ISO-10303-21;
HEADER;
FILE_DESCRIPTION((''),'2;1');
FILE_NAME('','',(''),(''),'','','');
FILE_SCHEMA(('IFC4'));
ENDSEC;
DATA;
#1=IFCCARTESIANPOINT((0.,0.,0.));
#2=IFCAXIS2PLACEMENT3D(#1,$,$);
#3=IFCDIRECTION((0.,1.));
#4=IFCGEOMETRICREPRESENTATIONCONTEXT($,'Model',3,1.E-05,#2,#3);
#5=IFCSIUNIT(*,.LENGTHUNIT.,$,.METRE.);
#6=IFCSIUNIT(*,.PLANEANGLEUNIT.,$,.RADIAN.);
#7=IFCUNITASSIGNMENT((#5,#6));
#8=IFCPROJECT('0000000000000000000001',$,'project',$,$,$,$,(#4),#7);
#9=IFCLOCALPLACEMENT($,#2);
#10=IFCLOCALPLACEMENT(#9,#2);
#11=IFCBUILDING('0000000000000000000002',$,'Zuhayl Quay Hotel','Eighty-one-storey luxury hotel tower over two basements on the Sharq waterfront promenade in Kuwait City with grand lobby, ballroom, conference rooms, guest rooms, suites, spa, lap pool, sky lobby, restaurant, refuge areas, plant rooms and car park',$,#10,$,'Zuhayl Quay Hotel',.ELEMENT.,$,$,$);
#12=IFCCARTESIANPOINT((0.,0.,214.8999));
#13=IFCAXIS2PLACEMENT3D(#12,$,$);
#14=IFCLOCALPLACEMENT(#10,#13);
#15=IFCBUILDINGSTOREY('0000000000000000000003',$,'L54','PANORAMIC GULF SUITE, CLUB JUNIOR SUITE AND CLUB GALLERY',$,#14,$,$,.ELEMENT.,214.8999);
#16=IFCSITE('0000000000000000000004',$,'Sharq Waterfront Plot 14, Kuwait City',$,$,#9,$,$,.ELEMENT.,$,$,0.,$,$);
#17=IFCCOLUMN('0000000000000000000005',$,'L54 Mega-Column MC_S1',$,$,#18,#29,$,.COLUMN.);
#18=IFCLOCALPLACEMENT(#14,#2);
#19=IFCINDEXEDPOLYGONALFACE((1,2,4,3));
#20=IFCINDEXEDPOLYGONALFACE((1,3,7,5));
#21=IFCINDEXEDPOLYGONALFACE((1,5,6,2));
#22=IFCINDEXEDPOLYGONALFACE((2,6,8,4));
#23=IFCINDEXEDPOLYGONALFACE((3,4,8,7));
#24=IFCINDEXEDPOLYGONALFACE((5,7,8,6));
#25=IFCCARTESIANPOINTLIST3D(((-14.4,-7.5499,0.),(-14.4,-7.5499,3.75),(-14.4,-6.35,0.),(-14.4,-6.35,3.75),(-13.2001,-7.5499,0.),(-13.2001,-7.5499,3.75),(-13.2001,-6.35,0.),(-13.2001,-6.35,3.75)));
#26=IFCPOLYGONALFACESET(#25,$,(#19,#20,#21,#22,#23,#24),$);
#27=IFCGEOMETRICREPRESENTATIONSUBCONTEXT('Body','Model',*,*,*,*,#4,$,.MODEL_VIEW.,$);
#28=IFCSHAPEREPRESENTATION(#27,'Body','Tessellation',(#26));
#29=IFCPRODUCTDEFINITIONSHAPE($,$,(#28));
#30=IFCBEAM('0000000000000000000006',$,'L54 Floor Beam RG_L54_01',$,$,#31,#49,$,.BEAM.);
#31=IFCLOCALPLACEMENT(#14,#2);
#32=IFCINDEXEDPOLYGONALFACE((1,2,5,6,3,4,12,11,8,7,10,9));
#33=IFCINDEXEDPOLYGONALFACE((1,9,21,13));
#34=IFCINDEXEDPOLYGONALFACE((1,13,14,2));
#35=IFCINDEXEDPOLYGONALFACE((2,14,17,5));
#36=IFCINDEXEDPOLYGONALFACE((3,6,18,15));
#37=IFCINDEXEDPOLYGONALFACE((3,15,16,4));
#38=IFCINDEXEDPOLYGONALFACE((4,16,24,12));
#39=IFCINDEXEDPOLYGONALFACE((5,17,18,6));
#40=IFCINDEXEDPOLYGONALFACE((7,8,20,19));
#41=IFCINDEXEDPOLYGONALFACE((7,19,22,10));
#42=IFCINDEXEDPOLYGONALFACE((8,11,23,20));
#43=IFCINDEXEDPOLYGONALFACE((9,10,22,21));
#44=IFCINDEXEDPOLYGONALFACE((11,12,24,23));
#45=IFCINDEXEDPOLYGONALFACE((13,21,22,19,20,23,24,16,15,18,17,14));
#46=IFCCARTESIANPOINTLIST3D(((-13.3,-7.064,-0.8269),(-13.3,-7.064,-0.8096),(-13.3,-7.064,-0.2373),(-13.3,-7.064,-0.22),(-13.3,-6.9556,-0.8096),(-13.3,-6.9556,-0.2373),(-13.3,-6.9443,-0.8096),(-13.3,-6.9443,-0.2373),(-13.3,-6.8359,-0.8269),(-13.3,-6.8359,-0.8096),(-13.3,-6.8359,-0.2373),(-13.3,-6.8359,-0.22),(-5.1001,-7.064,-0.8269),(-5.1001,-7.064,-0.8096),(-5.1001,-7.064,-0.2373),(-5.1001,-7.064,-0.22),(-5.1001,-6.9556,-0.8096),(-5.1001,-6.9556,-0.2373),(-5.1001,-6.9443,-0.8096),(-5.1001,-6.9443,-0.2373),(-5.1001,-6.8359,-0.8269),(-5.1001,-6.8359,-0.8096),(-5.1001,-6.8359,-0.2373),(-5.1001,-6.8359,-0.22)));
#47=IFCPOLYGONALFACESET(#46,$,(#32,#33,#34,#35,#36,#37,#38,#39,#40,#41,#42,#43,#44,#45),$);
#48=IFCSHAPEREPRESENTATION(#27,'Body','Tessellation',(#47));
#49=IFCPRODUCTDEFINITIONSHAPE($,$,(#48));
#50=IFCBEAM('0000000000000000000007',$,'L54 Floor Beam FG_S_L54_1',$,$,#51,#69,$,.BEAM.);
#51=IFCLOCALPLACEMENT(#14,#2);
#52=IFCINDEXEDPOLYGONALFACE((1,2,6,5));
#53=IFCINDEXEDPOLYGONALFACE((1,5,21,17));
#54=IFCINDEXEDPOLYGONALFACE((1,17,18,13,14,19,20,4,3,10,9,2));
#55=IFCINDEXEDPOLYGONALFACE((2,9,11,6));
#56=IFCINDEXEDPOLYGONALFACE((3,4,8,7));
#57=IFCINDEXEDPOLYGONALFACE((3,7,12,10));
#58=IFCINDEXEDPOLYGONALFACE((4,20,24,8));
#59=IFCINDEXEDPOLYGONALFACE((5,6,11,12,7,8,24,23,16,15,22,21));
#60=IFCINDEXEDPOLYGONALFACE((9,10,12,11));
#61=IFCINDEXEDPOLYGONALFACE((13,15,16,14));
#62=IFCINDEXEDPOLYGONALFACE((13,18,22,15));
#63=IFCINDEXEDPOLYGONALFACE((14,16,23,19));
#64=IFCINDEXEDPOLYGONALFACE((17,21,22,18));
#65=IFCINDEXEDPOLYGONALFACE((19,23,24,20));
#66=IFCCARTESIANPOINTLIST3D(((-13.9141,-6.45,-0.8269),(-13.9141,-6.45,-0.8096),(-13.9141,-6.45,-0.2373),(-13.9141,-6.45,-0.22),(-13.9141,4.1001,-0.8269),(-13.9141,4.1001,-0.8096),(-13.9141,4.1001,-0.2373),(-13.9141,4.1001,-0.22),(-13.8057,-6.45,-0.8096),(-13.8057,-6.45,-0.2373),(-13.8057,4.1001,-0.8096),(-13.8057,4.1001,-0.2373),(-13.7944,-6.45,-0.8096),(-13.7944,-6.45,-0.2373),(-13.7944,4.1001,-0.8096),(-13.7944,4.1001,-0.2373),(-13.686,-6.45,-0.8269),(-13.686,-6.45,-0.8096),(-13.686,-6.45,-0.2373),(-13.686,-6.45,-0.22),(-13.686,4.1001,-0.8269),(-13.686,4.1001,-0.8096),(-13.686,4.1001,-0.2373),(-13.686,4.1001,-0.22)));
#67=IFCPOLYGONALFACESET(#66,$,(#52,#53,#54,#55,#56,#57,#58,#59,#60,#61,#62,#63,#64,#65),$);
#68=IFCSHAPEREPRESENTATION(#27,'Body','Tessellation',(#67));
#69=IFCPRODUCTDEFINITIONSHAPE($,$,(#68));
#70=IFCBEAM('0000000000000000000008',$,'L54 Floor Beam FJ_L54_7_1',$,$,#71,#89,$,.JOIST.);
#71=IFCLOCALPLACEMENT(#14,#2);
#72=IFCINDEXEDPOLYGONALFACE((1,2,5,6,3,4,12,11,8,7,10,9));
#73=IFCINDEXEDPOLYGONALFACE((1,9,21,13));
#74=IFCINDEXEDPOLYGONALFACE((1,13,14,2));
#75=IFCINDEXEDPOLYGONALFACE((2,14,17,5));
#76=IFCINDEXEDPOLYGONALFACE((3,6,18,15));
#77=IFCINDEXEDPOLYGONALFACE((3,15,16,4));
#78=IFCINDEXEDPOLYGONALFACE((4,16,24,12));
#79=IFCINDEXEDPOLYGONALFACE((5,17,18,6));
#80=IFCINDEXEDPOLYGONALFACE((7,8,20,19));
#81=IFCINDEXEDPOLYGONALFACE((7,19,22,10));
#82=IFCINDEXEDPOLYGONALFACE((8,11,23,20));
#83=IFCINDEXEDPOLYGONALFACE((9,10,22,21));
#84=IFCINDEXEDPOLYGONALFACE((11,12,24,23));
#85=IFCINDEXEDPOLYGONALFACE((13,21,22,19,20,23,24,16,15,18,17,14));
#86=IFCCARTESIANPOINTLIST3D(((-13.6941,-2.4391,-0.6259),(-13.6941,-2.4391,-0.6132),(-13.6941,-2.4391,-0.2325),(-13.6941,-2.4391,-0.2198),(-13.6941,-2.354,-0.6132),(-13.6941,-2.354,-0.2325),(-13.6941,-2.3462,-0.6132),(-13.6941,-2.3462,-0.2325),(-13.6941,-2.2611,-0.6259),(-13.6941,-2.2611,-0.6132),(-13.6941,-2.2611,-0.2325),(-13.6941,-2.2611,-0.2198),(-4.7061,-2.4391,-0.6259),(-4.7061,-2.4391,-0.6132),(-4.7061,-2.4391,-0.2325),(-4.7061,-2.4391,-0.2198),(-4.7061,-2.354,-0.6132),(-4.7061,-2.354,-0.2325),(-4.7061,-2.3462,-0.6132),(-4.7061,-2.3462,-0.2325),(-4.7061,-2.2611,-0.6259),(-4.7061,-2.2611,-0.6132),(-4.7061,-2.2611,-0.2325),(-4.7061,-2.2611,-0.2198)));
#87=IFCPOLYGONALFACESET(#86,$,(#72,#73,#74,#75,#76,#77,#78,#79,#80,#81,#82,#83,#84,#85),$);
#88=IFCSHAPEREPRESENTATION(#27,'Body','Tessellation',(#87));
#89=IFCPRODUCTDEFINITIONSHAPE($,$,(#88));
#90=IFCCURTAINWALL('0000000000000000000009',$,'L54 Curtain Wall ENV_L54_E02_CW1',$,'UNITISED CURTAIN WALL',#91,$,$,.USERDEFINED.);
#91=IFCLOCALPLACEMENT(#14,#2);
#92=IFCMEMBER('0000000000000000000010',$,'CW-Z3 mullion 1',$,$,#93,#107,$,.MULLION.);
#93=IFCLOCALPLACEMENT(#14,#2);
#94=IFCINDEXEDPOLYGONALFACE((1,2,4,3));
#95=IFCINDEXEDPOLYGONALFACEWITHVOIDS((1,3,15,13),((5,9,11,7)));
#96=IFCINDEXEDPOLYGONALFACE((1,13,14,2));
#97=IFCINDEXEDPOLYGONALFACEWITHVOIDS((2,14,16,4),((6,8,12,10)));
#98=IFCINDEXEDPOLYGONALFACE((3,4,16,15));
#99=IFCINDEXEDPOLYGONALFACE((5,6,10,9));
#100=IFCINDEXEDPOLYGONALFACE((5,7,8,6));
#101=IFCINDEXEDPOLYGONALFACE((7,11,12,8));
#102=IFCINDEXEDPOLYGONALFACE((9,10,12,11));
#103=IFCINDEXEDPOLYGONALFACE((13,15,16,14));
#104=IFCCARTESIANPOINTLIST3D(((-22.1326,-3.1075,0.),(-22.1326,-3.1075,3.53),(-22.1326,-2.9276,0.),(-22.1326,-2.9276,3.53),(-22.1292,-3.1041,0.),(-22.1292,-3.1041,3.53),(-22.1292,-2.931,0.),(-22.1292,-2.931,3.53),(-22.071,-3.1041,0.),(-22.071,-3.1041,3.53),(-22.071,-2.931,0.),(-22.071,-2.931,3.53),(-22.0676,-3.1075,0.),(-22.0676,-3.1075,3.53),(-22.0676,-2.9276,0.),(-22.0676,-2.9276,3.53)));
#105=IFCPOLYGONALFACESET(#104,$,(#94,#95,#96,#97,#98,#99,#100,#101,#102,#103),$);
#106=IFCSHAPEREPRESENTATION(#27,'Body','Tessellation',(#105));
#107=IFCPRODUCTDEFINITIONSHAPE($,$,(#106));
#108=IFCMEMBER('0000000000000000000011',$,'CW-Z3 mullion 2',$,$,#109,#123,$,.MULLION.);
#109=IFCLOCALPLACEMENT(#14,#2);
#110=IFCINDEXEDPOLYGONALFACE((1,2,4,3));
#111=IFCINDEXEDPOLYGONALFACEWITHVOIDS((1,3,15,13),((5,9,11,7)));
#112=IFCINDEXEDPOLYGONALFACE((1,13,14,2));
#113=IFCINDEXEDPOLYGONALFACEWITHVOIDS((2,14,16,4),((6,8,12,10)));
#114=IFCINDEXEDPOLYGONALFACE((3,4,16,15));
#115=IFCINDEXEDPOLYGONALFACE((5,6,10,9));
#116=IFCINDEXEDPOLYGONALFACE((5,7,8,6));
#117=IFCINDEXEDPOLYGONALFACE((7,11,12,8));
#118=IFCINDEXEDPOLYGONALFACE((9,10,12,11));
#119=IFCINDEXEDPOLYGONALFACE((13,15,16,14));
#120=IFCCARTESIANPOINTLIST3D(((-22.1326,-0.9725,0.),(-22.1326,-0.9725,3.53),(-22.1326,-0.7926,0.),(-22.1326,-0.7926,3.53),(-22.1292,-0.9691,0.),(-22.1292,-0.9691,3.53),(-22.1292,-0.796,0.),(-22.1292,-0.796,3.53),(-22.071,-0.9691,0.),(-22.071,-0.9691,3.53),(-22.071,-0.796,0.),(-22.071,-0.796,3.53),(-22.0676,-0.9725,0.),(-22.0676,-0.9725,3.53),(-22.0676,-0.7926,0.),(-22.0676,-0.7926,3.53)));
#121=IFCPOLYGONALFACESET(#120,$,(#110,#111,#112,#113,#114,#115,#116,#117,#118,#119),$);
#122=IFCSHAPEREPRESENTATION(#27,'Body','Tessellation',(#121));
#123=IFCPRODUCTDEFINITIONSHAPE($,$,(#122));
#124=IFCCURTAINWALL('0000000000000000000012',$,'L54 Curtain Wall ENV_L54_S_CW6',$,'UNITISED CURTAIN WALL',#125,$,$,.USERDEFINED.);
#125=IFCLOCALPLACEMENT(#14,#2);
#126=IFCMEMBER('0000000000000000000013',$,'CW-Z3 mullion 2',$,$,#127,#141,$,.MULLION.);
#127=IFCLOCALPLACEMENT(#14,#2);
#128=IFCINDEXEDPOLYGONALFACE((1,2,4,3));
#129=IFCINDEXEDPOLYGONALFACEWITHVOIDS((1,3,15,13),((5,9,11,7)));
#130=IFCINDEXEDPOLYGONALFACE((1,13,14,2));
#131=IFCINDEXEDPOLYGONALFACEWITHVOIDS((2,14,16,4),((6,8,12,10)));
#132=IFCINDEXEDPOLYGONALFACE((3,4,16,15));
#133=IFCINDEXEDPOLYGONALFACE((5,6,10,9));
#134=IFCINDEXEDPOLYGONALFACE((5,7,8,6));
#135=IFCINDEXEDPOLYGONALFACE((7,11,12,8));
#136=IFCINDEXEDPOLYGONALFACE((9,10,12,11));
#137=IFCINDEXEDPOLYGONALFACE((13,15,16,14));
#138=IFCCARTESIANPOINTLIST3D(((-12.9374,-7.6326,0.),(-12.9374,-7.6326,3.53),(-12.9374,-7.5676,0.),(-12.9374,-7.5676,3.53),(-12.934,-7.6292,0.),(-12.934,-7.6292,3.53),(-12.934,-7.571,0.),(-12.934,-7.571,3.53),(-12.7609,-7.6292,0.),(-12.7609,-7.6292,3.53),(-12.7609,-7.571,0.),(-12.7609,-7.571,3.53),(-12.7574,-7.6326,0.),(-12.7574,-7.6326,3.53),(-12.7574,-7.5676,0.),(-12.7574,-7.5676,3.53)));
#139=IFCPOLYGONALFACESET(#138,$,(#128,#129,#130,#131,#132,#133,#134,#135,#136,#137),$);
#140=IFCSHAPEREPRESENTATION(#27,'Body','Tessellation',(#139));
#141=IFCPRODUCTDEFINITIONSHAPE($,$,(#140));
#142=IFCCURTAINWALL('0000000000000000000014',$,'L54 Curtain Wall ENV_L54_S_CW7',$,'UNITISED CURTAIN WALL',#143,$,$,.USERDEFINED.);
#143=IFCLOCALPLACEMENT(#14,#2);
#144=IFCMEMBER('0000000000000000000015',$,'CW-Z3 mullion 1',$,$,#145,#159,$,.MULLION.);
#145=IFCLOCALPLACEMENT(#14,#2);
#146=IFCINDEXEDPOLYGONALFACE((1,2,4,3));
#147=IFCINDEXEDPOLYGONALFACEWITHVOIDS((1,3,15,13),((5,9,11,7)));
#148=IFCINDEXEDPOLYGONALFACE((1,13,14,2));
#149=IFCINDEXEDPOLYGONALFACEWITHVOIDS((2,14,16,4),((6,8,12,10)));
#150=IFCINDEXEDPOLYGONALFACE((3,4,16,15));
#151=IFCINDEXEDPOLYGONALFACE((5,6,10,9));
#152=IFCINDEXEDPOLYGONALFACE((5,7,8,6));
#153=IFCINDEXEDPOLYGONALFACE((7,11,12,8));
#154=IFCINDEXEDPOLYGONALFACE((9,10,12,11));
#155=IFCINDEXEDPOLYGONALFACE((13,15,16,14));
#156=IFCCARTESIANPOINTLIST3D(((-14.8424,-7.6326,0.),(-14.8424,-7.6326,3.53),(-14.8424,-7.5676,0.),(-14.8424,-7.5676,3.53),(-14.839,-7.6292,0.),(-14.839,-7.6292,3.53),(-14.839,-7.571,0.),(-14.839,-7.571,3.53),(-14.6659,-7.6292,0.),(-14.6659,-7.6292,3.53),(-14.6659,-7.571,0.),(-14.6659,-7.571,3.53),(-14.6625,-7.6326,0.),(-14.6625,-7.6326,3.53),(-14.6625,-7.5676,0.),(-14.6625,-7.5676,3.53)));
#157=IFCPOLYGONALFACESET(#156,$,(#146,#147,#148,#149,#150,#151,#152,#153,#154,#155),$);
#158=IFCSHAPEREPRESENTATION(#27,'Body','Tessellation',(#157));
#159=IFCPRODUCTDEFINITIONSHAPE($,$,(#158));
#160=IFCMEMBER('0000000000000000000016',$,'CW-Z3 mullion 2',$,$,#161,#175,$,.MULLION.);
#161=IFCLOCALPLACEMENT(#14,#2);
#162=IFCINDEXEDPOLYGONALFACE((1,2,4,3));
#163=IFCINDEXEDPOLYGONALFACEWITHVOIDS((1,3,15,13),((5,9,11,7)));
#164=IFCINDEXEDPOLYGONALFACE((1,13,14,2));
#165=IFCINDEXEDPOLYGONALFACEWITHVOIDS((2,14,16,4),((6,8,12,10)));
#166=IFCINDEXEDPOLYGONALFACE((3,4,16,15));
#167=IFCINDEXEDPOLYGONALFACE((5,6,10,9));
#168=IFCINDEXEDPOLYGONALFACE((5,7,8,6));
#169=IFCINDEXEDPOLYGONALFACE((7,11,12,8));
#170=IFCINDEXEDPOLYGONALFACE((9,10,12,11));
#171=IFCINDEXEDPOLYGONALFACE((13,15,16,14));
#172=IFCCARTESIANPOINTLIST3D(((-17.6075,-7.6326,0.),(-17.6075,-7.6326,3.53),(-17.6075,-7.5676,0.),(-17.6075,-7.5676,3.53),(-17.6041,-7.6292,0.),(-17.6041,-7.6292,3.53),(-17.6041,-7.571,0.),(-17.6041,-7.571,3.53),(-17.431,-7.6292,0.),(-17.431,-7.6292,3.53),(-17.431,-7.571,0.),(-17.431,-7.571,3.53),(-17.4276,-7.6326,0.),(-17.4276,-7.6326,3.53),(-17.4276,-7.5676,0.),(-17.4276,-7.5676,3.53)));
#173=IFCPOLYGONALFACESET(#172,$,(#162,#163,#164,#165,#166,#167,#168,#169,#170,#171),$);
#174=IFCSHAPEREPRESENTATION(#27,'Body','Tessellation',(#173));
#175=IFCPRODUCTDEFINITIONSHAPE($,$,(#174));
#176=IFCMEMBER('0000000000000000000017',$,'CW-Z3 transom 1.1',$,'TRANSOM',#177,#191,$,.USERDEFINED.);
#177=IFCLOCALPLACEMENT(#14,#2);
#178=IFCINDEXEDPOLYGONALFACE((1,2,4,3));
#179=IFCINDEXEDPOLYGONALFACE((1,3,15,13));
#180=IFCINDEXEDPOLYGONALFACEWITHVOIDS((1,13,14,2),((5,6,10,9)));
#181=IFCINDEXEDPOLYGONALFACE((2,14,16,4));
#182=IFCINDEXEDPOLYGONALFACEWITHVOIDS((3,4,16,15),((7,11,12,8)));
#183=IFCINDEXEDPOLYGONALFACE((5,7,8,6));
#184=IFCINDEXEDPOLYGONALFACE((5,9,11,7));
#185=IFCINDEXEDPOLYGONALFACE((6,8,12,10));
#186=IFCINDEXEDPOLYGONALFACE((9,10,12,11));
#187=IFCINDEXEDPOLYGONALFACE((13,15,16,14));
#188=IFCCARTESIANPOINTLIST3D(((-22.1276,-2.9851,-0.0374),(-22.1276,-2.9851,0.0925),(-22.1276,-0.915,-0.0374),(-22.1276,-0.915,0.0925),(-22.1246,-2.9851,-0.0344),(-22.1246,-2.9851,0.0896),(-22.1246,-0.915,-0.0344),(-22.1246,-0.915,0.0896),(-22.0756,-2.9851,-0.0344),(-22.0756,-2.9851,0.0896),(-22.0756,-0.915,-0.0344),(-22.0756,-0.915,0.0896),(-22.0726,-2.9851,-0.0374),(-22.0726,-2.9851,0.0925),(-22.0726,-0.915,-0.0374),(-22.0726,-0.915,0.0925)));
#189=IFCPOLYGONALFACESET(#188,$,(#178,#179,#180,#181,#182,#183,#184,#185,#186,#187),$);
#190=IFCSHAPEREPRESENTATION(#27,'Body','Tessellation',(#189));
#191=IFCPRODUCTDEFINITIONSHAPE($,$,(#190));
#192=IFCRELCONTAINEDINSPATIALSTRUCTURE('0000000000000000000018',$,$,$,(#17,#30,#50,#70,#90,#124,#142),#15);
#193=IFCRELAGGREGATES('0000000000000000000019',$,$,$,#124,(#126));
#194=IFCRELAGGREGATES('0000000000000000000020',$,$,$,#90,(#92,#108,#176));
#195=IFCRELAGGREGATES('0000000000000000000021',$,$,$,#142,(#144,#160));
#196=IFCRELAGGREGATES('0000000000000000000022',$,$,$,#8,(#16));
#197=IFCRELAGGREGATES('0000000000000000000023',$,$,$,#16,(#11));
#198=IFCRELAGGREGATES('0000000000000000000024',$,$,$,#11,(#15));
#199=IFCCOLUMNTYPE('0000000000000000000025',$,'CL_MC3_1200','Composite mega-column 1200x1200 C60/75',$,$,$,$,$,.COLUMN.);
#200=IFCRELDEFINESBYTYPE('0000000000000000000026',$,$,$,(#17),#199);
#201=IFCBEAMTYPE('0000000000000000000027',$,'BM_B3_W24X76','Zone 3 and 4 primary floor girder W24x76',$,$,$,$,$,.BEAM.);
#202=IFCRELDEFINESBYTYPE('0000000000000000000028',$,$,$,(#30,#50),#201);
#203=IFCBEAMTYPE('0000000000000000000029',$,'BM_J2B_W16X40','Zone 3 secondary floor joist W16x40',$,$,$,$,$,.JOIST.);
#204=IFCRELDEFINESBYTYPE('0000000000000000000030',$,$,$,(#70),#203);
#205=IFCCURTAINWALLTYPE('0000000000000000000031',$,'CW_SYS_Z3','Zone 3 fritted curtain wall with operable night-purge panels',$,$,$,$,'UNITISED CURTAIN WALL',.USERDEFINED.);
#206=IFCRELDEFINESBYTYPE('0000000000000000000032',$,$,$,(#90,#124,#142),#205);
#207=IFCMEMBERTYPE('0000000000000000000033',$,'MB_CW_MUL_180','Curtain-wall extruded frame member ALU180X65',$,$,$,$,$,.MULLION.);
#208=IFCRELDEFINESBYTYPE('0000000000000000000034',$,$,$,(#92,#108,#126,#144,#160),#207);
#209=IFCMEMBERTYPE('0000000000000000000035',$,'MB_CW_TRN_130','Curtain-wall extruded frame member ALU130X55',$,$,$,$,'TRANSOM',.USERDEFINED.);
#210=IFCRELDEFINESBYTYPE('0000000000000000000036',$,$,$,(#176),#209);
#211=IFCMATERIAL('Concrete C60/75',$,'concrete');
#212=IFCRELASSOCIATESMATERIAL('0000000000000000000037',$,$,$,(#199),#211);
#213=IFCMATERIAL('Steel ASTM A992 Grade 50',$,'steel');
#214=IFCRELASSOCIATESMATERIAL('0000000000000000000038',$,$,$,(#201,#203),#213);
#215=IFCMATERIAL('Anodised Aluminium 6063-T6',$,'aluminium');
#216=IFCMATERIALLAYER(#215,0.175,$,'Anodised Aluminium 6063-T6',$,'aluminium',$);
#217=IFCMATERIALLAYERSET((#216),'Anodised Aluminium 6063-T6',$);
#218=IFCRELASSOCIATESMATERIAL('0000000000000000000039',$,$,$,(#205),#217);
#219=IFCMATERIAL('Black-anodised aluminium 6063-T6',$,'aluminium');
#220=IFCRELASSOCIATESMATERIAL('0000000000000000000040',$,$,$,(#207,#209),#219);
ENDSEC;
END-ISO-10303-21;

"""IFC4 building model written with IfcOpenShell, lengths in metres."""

from ifc_helpers import new_model, si_unit, direction, frame, origin, origin_2d, place, context, subcontext, project, spatial, rectangle, hollow_rectangle, i_section, extrude, material, layer, layer_set, material_profile, profile_set, type_object, element, aggregate, save


model = new_model("IFC4")

# Units and contexts
model_context = context("Model", 3, precision=1e-05, world=origin(), true_north=direction((0.0, 1.0)))
body_context = subcontext(model_context, "Body", "Model", "MODEL_VIEW")
ifc_project = project(units=[si_unit("LENGTHUNIT", "METRE"), si_unit("PLANEANGLEUNIT", "RADIAN")], contexts=[model_context])

# Site, building, storey
site_placement = place(None, origin())
site = spatial("IfcSite", under=ifc_project, at=site_placement, Name="Sharq Waterfront Plot 14, Kuwait City", CompositionType="ELEMENT", RefElevation=0.0)
building_placement = place(site_placement, origin())
building = spatial("IfcBuilding", under=site, at=building_placement, Name="Zuhayl Quay Hotel", Description="Eighty-one-storey luxury hotel tower over two basements on the Sharq waterfront promenade in Kuwait City with grand lobby, ballroom, conference rooms, guest rooms, suites, spa, lap pool, sky lobby, restaurant, refuge areas, plant rooms and car park", LongName="Zuhayl Quay Hotel", CompositionType="ELEMENT")
storey_placement = place(building_placement, frame((0.0, 0.0, 214.8999)))
storey = spatial("IfcBuildingStorey", under=building, at=storey_placement, Name="L54", Description="PANORAMIC GULF SUITE, CLUB JUNIOR SUITE AND CLUB GALLERY", CompositionType="ELEMENT", Elevation=214.8999)

# Column
ifc_material_1 = material(Name="Concrete C60/75", Category="concrete")
ifc_material_profile_1 = material_profile(ifc_material_1, rectangle(XDim=1.2, YDim=1.2, at=origin_2d()), Name="RC1200X1200")
ifc_profile_set_1 = profile_set([ifc_material_profile_1], Name="Concrete C60/75")
column_type = type_object("IfcColumnType", Name="CL_MC3_1200", Description="Composite mega-column 1200x1200 C60/75", PredefinedType="COLUMN", material=ifc_profile_set_1)
column_placement = place(storey_placement, frame((-13.8, -6.95, 0.0), z_axis=(0.0, 0.0, 1.0), x_axis=(1.0, 0.0, 0.0)))
element("IfcColumn", 1, at=column_placement, inside=storey, type_object=column_type, Name="L54 Mega-Column MC_S1", PredefinedType="COLUMN", context=body_context, shape_type="SweptSolid", body=[
    extrude(rectangle(XDim=1.2, YDim=1.2, at=origin_2d()), origin(), (0.0, 0.0, 1.0), 3.75),
])

# Beams
ifc_material_2 = material(Name="Steel ASTM A992 Grade 50", Category="steel")
ifc_material_profile_2 = material_profile(ifc_material_2, i_section(OverallWidth=0.228, OverallDepth=0.6069, WebThickness=0.0112, FlangeThickness=0.0173, at=origin_2d()), Name="W24X76")
ifc_profile_set_2 = profile_set([ifc_material_profile_2], Name="Steel ASTM A992 Grade 50")
beam_type_1 = type_object("IfcBeamType", Name="BM_B3_W24X76", Description="Zone 3 and 4 primary floor girder W24x76", PredefinedType="BEAM", material=ifc_profile_set_2)
beam_1_placement = place(storey_placement, frame((-13.3, -6.95, -0.5234), z_axis=(1.0, 0.0, 0.0), x_axis=(0.0, 1.0, 0.0)))
element("IfcBeam", 2, at=beam_1_placement, inside=storey, type_object=beam_type_1, Name="L54 Floor Beam RG_L54_01", PredefinedType="BEAM", context=body_context, shape_type="SweptSolid", body=[
    extrude(i_section(OverallWidth=0.228, OverallDepth=0.6069, WebThickness=0.0112, FlangeThickness=0.0173, at=origin_2d()), origin(), (0.0, 0.0, 1.0), 8.2),
])
beam_2_placement = place(storey_placement, frame((-13.8, -6.45, -0.5234), z_axis=(0.0, 1.0, 0.0), x_axis=(-1.0, 0.0, 0.0)))
element("IfcBeam", 3, at=beam_2_placement, inside=storey, type_object=beam_type_1, Name="L54 Floor Beam FG_S_L54_1", PredefinedType="BEAM", context=body_context, shape_type="SweptSolid", body=[
    extrude(i_section(OverallWidth=0.228, OverallDepth=0.6069, WebThickness=0.0112, FlangeThickness=0.0173, at=origin_2d()), origin(), (0.0, 0.0, 1.0), 10.55),
])
ifc_material_profile_3 = material_profile(ifc_material_2, i_section(OverallWidth=0.178, OverallDepth=0.406, WebThickness=0.0078, FlangeThickness=0.0127, at=origin_2d()), Name="W16X40")
ifc_profile_set_3 = profile_set([ifc_material_profile_3], Name="Steel ASTM A992 Grade 50")
beam_type_2 = type_object("IfcBeamType", Name="BM_J2B_W16X40", Description="Zone 3 secondary floor joist W16x40", PredefinedType="JOIST", material=ifc_profile_set_3)
beam_3_placement = place(storey_placement, frame((-13.6941, -2.3501, -0.4229), z_axis=(1.0, 0.0, 0.0), x_axis=(0.0, 1.0, 0.0)))
element("IfcBeam", 4, at=beam_3_placement, inside=storey, type_object=beam_type_2, Name="L54 Floor Beam FJ_L54_7_1", PredefinedType="JOIST", context=body_context, shape_type="SweptSolid", body=[
    extrude(i_section(OverallWidth=0.178, OverallDepth=0.406, WebThickness=0.0078, FlangeThickness=0.0127, at=origin_2d()), origin(), (0.0, 0.0, 1.0), 8.988),
])

# Curtain wall, members
ifc_material_3 = material(Name="Anodised Aluminium 6063-T6", Category="aluminium")
ifc_layer_1 = layer(ifc_material_3, 0.175, Name="Anodised Aluminium 6063-T6", Category="aluminium")
ifc_layer_set_1 = layer_set([ifc_layer_1], Name="Anodised Aluminium 6063-T6")
curtain_wall_type = type_object("IfcCurtainWallType", Name="CW_SYS_Z3", Description="Zone 3 fritted curtain wall with operable night-purge panels", ElementType="UNITISED CURTAIN WALL", PredefinedType="USERDEFINED", material=ifc_layer_set_1)
curtain_wall_1_placement = place(storey_placement, origin())
curtain_wall_1 = element("IfcCurtainWall", 5, at=curtain_wall_1_placement, inside=storey, type_object=curtain_wall_type, Name="L54 Curtain Wall ENV_L54_E02_CW1", ObjectType="UNITISED CURTAIN WALL", PredefinedType="USERDEFINED")
ifc_material_4 = material(Name="Black-anodised aluminium 6063-T6", Category="aluminium")
ifc_material_profile_4 = material_profile(ifc_material_4, hollow_rectangle(XDim=0.0649, YDim=0.1799, WallThickness=0.0034, at=origin_2d()), Name="ALU180X65")
ifc_profile_set_4 = profile_set([ifc_material_profile_4], Name="Black-anodised aluminium 6063-T6")
member_type_1 = type_object("IfcMemberType", Name="MB_CW_MUL_180", Description="Curtain-wall extruded frame member ALU180X65", PredefinedType="MULLION", material=ifc_profile_set_4)
member_1_placement = place(storey_placement, frame((-22.1001, -3.0176, 0.0), z_axis=(0.0, 0.0, 1.0), x_axis=(-1.0, 0.0, 0.0)))
member_1 = element("IfcMember", 6, at=member_1_placement, type_object=member_type_1, Name="CW-Z3 mullion 1", PredefinedType="MULLION", context=body_context, shape_type="SweptSolid", body=[
    extrude(hollow_rectangle(XDim=0.0649, YDim=0.1799, WallThickness=0.0034, at=origin_2d()), origin(), (0.0, 0.0, 1.0), 3.53),
])
member_2_placement = place(storey_placement, frame((-22.1001, -0.8826, 0.0), z_axis=(0.0, 0.0, 1.0), x_axis=(-1.0, 0.0, 0.0)))
member_2 = element("IfcMember", 7, at=member_2_placement, type_object=member_type_1, Name="CW-Z3 mullion 2", PredefinedType="MULLION", context=body_context, shape_type="SweptSolid", body=[
    extrude(hollow_rectangle(XDim=0.0649, YDim=0.1799, WallThickness=0.0034, at=origin_2d()), origin(), (0.0, 0.0, 1.0), 3.53),
])

# Curtain wall, member
curtain_wall_2_placement = place(storey_placement, origin())
curtain_wall_2 = element("IfcCurtainWall", 8, at=curtain_wall_2_placement, inside=storey, type_object=curtain_wall_type, Name="L54 Curtain Wall ENV_L54_S_CW6", ObjectType="UNITISED CURTAIN WALL", PredefinedType="USERDEFINED")
member_3_placement = place(storey_placement, frame((-12.8474, -7.6001, 0.0), z_axis=(0.0, 0.0, 1.0), x_axis=(0.0, -1.0, 0.0)))
member_3 = element("IfcMember", 9, at=member_3_placement, type_object=member_type_1, Name="CW-Z3 mullion 2", PredefinedType="MULLION", context=body_context, shape_type="SweptSolid", body=[
    extrude(hollow_rectangle(XDim=0.0649, YDim=0.1799, WallThickness=0.0034, at=origin_2d()), origin(), (0.0, 0.0, 1.0), 3.53),
])
aggregate(curtain_wall_2, [member_3])

# Curtain wall, members
curtain_wall_3_placement = place(storey_placement, origin())
curtain_wall_3 = element("IfcCurtainWall", 10, at=curtain_wall_3_placement, inside=storey, type_object=curtain_wall_type, Name="L54 Curtain Wall ENV_L54_S_CW7", ObjectType="UNITISED CURTAIN WALL", PredefinedType="USERDEFINED")
member_4_placement = place(storey_placement, frame((-14.7524, -7.6001, 0.0), z_axis=(0.0, 0.0, 1.0), x_axis=(0.0, -1.0, 0.0)))
member_4 = element("IfcMember", 11, at=member_4_placement, type_object=member_type_1, Name="CW-Z3 mullion 1", PredefinedType="MULLION", context=body_context, shape_type="SweptSolid", body=[
    extrude(hollow_rectangle(XDim=0.0649, YDim=0.1799, WallThickness=0.0034, at=origin_2d()), origin(), (0.0, 0.0, 1.0), 3.53),
])
member_5_placement = place(storey_placement, frame((-17.5176, -7.6001, 0.0), z_axis=(0.0, 0.0, 1.0), x_axis=(0.0, -1.0, 0.0)))
member_5 = element("IfcMember", 12, at=member_5_placement, type_object=member_type_1, Name="CW-Z3 mullion 2", PredefinedType="MULLION", context=body_context, shape_type="SweptSolid", body=[
    extrude(hollow_rectangle(XDim=0.0649, YDim=0.1799, WallThickness=0.0034, at=origin_2d()), origin(), (0.0, 0.0, 1.0), 3.53),
])

# Member
ifc_material_profile_5 = material_profile(ifc_material_4, hollow_rectangle(XDim=0.0549, YDim=0.1299, WallThickness=0.0029, at=origin_2d()), Name="ALU130X55")
ifc_profile_set_5 = profile_set([ifc_material_profile_5], Name="Black-anodised aluminium 6063-T6")
member_type_2 = type_object("IfcMemberType", Name="MB_CW_TRN_130", Description="Curtain-wall extruded frame member ALU130X55", ElementType="TRANSOM", PredefinedType="USERDEFINED", material=ifc_profile_set_5)
member_6_placement = place(storey_placement, frame((-22.1001, -2.9851, 0.0276), z_axis=(0.0, 1.0, 0.0), x_axis=(-1.0, 0.0, 0.0)))
member_6 = element("IfcMember", 13, at=member_6_placement, type_object=member_type_2, Name="CW-Z3 transom 1.1", ObjectType="TRANSOM", PredefinedType="USERDEFINED", context=body_context, shape_type="SweptSolid", body=[
    extrude(hollow_rectangle(XDim=0.0549, YDim=0.1299, WallThickness=0.0029, at=origin_2d()), origin(), (0.0, 0.0, 1.0), 2.0701),
])

aggregate(curtain_wall_1, [member_1, member_2, member_6])
aggregate(curtain_wall_3, [member_4, member_5])

save(model, "model.ifc")
